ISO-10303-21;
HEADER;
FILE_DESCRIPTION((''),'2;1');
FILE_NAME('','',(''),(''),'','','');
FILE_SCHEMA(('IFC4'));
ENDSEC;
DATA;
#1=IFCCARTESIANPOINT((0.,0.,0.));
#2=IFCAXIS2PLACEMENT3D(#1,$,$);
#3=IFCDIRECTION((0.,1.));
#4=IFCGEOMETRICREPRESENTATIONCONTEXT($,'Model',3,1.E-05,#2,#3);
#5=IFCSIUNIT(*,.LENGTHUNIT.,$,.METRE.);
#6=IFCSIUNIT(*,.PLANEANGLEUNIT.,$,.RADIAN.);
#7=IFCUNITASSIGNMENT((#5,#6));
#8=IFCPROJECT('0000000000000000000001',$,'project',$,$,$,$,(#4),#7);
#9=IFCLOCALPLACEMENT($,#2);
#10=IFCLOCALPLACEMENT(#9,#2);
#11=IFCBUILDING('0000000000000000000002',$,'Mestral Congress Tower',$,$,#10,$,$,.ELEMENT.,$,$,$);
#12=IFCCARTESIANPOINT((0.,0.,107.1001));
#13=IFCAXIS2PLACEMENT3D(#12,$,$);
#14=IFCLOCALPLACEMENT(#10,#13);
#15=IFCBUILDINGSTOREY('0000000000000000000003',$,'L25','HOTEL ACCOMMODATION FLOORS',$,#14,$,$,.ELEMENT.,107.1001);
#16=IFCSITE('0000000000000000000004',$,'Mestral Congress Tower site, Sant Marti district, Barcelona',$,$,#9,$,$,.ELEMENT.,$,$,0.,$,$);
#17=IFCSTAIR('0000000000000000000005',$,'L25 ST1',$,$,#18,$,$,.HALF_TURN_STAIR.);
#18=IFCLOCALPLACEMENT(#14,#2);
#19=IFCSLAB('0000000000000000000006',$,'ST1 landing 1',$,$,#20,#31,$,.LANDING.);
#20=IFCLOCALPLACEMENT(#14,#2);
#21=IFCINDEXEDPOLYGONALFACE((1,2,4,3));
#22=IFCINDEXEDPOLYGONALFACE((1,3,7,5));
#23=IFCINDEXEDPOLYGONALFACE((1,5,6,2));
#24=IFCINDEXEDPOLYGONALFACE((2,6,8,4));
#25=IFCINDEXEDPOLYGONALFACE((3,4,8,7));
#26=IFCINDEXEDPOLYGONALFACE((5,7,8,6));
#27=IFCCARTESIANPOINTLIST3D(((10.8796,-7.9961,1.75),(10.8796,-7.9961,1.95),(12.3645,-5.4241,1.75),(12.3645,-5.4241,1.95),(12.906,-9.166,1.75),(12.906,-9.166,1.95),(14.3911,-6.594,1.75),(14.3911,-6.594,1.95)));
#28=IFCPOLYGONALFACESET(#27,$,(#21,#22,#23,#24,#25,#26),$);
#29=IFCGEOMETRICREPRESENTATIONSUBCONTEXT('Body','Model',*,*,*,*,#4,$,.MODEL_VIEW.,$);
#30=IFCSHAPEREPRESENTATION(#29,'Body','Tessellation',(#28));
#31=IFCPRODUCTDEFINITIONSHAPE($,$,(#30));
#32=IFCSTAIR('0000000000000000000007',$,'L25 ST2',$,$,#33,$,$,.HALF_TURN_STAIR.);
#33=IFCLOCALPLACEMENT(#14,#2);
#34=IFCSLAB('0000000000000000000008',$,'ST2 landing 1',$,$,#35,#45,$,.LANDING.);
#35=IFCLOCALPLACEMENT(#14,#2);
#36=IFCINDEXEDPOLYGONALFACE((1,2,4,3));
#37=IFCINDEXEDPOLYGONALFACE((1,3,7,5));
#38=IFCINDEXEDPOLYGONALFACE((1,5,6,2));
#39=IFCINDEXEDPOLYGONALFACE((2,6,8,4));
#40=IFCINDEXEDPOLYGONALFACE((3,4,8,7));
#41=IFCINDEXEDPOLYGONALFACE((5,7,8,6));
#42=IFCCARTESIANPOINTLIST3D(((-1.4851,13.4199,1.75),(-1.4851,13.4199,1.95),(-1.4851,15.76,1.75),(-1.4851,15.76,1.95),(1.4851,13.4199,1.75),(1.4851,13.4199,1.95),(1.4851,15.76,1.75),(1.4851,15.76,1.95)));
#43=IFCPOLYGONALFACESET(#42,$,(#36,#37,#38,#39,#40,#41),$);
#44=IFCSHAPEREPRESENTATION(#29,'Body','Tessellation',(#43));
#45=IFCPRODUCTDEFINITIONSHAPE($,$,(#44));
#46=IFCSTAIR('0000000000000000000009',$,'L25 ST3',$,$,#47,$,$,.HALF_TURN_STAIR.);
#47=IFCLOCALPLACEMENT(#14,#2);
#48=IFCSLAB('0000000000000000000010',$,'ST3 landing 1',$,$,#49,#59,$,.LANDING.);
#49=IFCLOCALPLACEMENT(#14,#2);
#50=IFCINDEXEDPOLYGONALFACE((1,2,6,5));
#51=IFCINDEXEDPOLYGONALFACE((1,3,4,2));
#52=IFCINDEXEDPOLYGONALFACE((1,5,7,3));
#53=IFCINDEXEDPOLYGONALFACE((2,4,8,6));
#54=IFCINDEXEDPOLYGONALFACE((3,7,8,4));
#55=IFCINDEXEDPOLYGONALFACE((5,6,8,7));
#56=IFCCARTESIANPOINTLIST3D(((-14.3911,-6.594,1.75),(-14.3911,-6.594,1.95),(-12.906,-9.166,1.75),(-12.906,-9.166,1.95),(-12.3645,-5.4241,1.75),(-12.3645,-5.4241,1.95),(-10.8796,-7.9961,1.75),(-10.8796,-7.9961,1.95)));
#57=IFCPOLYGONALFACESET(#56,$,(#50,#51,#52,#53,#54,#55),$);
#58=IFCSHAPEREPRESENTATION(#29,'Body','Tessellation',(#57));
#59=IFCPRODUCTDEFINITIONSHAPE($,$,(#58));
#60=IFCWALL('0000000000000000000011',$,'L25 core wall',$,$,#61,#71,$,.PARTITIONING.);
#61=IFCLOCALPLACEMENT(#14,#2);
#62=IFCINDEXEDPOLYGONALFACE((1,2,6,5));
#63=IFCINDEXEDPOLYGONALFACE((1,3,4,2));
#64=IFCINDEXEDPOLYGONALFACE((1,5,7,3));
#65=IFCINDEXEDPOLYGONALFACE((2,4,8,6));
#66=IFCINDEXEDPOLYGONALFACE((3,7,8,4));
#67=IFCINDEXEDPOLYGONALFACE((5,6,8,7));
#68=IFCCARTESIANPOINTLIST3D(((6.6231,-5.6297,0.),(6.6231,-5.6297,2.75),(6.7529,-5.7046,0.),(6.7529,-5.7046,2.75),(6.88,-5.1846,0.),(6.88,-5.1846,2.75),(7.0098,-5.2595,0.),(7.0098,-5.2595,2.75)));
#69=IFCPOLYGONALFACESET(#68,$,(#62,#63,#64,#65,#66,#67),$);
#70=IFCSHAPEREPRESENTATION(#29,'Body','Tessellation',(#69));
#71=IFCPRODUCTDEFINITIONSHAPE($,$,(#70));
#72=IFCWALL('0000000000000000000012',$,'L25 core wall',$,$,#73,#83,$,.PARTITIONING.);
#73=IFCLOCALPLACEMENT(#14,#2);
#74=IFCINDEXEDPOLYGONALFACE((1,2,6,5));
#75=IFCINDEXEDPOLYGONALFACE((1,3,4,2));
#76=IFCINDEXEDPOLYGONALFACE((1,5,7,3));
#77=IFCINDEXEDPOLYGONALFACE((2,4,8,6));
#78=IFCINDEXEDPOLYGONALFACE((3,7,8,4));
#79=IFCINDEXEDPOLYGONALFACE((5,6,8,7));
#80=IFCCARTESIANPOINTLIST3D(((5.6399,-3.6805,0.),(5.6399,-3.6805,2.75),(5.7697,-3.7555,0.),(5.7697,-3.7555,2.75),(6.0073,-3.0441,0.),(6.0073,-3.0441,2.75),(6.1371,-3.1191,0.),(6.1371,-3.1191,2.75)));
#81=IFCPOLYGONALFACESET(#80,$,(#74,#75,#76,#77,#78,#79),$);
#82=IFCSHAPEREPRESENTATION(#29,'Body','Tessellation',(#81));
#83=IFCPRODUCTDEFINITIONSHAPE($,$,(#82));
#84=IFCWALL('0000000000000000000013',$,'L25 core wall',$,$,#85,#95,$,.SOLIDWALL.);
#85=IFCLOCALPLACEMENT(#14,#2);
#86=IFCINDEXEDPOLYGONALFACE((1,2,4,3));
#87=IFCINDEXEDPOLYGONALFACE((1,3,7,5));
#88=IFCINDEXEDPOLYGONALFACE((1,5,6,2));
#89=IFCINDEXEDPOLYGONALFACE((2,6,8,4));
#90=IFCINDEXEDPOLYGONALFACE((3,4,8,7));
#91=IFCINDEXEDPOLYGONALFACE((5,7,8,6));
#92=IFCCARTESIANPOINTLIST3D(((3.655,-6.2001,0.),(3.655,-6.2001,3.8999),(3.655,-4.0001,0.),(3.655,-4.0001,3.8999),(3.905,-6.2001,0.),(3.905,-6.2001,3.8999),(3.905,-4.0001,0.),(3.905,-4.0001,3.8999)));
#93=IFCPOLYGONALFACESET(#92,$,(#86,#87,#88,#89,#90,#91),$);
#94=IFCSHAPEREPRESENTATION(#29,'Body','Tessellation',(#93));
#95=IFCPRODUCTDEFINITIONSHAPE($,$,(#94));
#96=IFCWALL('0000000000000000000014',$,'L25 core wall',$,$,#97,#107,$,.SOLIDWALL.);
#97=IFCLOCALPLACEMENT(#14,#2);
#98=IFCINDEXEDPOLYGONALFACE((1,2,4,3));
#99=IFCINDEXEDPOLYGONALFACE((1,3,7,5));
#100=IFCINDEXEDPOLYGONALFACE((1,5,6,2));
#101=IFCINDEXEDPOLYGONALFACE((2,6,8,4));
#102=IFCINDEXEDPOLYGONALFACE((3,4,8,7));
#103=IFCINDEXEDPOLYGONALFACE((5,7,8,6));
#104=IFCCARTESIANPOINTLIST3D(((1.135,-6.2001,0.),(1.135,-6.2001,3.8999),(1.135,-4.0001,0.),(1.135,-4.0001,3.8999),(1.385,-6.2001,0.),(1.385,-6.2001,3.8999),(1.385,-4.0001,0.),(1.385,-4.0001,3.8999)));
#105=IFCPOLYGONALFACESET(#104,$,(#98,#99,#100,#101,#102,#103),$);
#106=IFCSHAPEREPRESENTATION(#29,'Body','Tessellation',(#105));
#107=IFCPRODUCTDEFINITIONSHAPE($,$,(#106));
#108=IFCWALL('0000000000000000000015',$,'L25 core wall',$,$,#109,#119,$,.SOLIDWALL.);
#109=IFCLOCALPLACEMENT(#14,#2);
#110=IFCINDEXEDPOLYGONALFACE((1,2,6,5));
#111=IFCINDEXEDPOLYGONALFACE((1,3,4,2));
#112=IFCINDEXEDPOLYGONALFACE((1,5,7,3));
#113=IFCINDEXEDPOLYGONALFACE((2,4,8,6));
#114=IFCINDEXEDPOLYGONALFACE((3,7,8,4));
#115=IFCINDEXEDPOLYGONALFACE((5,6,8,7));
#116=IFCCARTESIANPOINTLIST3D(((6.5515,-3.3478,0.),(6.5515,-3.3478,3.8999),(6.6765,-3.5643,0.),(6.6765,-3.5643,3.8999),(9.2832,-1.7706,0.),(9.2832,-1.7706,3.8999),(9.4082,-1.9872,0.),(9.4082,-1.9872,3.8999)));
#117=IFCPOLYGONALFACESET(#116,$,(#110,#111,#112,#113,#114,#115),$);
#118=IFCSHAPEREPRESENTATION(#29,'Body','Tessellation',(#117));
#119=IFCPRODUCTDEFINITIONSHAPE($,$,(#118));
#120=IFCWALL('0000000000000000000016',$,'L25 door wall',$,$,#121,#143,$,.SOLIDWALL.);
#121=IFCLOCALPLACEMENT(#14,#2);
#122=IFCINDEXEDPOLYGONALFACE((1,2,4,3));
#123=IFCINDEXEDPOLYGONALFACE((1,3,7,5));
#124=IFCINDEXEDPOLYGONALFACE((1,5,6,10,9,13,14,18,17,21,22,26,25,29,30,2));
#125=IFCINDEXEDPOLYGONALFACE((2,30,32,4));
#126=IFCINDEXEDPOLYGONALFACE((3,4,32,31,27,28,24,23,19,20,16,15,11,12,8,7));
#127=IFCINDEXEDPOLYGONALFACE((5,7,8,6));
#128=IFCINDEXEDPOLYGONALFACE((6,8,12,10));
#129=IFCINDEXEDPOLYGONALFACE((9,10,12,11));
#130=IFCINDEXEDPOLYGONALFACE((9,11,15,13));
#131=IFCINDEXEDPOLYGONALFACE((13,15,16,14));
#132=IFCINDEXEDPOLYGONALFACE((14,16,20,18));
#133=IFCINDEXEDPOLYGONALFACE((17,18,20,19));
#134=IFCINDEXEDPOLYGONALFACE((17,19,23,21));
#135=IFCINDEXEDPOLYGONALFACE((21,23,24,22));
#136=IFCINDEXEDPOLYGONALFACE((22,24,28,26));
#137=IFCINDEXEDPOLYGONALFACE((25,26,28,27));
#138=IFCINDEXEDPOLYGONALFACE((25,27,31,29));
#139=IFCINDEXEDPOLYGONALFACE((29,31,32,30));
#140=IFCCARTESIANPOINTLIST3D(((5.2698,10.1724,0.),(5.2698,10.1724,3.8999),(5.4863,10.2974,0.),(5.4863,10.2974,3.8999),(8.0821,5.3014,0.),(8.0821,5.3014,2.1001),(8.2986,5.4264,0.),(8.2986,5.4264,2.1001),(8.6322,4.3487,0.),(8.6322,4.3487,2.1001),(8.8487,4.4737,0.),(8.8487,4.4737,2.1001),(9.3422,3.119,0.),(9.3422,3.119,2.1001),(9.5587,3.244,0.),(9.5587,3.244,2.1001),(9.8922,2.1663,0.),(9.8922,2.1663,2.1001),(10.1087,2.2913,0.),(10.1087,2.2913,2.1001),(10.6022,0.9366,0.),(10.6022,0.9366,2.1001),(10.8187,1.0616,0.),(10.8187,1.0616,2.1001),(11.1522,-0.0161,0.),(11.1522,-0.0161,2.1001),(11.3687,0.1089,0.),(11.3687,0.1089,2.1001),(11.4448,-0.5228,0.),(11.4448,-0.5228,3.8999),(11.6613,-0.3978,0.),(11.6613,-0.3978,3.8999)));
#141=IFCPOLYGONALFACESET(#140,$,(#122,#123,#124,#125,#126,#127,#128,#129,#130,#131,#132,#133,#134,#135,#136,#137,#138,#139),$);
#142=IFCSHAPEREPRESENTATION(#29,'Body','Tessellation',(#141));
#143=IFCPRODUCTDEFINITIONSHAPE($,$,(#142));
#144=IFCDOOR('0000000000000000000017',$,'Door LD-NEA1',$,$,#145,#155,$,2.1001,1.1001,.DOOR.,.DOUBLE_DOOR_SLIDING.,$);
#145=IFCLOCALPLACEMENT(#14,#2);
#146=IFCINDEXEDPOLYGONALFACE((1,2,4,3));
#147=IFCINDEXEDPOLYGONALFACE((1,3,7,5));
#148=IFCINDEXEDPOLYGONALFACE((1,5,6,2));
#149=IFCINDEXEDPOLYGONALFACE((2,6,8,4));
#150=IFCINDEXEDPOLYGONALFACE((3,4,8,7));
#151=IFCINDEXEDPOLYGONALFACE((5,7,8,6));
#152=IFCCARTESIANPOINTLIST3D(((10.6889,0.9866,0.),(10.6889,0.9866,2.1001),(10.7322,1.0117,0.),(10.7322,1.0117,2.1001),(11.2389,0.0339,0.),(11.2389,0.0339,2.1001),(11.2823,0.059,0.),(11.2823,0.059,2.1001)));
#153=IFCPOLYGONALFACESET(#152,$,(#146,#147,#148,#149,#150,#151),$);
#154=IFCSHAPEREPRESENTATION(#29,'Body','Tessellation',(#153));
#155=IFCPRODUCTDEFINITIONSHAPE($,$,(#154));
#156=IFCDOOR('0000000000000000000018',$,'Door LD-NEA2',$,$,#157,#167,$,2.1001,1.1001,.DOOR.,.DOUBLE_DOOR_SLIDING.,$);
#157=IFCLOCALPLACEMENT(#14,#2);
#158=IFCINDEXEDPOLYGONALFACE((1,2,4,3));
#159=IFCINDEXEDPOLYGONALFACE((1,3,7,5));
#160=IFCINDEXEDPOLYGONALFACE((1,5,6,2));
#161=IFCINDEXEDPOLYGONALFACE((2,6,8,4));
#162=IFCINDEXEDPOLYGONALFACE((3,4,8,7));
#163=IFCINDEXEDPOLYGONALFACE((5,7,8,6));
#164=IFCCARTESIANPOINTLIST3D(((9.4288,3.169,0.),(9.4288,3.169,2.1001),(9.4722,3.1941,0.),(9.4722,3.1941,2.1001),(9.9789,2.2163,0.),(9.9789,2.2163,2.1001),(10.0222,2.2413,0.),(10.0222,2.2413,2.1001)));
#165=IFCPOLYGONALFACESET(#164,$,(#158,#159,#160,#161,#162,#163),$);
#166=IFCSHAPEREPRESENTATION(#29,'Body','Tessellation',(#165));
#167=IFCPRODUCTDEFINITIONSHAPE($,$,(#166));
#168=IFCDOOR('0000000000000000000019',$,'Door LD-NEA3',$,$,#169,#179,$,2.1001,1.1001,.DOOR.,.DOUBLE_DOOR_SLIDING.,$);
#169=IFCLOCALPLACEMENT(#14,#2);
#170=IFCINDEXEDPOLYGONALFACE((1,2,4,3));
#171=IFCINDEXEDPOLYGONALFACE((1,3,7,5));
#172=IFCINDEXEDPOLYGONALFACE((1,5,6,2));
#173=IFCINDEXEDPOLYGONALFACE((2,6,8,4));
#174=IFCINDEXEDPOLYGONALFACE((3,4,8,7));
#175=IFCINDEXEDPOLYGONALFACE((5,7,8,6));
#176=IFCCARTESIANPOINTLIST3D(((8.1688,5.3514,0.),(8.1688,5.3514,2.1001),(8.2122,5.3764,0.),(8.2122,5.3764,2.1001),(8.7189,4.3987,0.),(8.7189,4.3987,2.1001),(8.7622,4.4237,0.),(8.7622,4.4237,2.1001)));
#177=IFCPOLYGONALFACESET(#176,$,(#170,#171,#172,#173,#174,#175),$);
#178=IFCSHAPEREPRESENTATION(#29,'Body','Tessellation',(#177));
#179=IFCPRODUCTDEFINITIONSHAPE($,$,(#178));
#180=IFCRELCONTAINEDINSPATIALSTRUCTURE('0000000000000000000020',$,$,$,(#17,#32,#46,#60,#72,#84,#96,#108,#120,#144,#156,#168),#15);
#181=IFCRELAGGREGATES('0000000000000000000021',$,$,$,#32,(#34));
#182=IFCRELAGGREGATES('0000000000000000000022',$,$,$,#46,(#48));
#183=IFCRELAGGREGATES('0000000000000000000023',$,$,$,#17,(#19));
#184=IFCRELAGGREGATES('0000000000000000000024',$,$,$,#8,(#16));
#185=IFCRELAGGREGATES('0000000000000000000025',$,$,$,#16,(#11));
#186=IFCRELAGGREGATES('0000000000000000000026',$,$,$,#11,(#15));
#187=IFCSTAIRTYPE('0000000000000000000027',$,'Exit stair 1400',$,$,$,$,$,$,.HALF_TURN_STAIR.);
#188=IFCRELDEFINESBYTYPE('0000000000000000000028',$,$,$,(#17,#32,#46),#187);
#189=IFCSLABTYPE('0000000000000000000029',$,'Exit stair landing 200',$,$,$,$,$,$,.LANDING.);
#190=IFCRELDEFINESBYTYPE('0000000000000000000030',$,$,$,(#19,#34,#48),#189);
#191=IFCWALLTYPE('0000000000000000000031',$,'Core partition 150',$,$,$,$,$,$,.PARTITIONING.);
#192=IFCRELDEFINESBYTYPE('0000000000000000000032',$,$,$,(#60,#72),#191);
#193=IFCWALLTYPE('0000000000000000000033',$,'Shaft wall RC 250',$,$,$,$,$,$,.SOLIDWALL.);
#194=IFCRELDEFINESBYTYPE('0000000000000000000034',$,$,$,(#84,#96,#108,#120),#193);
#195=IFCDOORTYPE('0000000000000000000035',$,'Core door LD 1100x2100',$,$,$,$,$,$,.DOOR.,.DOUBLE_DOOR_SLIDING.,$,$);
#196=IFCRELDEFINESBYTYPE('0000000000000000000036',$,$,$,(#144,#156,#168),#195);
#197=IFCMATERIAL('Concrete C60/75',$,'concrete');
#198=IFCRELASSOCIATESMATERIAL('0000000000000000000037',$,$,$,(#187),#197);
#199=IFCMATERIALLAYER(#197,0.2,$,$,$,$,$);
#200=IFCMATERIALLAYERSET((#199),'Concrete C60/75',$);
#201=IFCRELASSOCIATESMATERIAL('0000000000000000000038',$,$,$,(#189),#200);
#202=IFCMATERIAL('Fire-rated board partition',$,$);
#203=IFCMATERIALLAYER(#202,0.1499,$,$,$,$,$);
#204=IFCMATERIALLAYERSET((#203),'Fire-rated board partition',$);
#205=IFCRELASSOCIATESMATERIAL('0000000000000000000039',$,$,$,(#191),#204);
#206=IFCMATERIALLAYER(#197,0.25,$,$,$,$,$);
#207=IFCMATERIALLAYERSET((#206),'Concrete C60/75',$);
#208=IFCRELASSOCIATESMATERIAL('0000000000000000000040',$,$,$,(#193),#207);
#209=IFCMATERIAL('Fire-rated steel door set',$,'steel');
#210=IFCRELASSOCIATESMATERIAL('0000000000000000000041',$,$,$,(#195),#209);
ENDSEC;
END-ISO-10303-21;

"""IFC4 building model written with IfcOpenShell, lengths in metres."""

from ifc_helpers import new_model, si_unit, direction, frame, frame_2d, origin, place, context, subcontext, project, spatial, polyline, rectangle, outline, extrude, material, layer, layer_set, type_object, element, fill, aggregate, save


model = new_model("IFC4")

# Units and contexts
model_context = context("Model", 3, precision=1e-05, world=origin(), true_north=direction((0.0, 1.0)))
body_context = subcontext(model_context, "Body", "Model", "MODEL_VIEW")
ifc_project = project(units=[si_unit("LENGTHUNIT", "METRE"), si_unit("PLANEANGLEUNIT", "RADIAN")], contexts=[model_context])

# Site, building, storey
site_placement = place(None, origin())
site = spatial("IfcSite", under=ifc_project, at=site_placement, Name="Mestral Congress Tower site, Sant Marti district, Barcelona", CompositionType="ELEMENT", RefElevation=0.0)
building_placement = place(site_placement, origin())
building = spatial("IfcBuilding", under=site, at=building_placement, Name="Mestral Congress Tower", CompositionType="ELEMENT")
storey_placement = place(building_placement, frame((0.0, 0.0, 107.1001)))
storey = spatial("IfcBuildingStorey", under=building, at=storey_placement, Name="L25", Description="HOTEL ACCOMMODATION FLOORS", CompositionType="ELEMENT", Elevation=107.1001)

# Shared definitions
ifc_material_1 = material(Name="Concrete C60/75", Category="concrete")

# Stairs, slabs
stair_type = type_object("IfcStairType", Name="Exit stair 1400", PredefinedType="HALF_TURN_STAIR", material=ifc_material_1)
placement_1 = place(storey_placement, origin())
stair_1 = element("IfcStair", 1, at=placement_1, inside=storey, type_object=stair_type, Name="L25 ST1", PredefinedType="HALF_TURN_STAIR")
ifc_layer_1 = layer(ifc_material_1, 0.2)
ifc_layer_set_1 = layer_set([ifc_layer_1], Name="Concrete C60/75")
slab_type_1 = type_object("IfcSlabType", Name="Exit stair landing 200", PredefinedType="LANDING", material=ifc_layer_set_1)
placement_2 = place(storey_placement, frame((0.0, 0.0, 1.75)))
slab_1 = element("IfcSlab", 2, at=placement_2, type_object=slab_type_1, Name="ST1 landing 1", PredefinedType="LANDING", context=body_context, shape_type="SweptSolid", body=[
    extrude(outline(polyline([(10.8796, -7.9961), (12.3645, -5.4241), (14.3911, -6.594), (12.906, -9.166), (10.8796, -7.9961)])), origin(), (0.0, 0.0, 1.0), 0.2),
])
stair_2 = element("IfcStair", 3, at=placement_1, inside=storey, type_object=stair_type, Name="L25 ST2", PredefinedType="HALF_TURN_STAIR")
slab_2 = element("IfcSlab", 4, at=placement_2, type_object=slab_type_1, Name="ST2 landing 1", PredefinedType="LANDING", context=body_context, shape_type="SweptSolid", body=[
    extrude(outline(polyline([(1.4851, 13.4199), (-1.4851, 13.4199), (-1.4851, 15.76), (1.4851, 15.76), (1.4851, 13.4199)])), origin(), (0.0, 0.0, 1.0), 0.2),
])
aggregate(stair_2, [slab_2])
stair_3 = element("IfcStair", 5, at=placement_1, inside=storey, type_object=stair_type, Name="L25 ST3", PredefinedType="HALF_TURN_STAIR")
slab_3 = element("IfcSlab", 6, at=placement_2, type_object=slab_type_1, Name="ST3 landing 1", PredefinedType="LANDING", context=body_context, shape_type="SweptSolid", body=[
    extrude(outline(polyline([(-12.3645, -5.4241), (-10.8796, -7.9961), (-12.906, -9.166), (-14.3911, -6.594), (-12.3645, -5.4241)])), origin(), (0.0, 0.0, 1.0), 0.2),
])
aggregate(stair_3, [slab_3])

# Walls
ifc_material_2 = material(Name="Fire-rated board partition")
ifc_layer_2 = layer(ifc_material_2, 0.1499)
ifc_layer_set_2 = layer_set([ifc_layer_2], Name="Fire-rated board partition")
wall_type_1 = type_object("IfcWallType", Name="Core partition 150", PredefinedType="PARTITIONING", material=ifc_layer_set_2)
wall_1_placement = place(storey_placement, frame((6.9448, -5.2222, 0.0), z_axis=(0.0, 0.0, 1.0), x_axis=(-0.499818, -0.86613, 0.0)))
element("IfcWall", 7, at=wall_1_placement, inside=storey, type_object=wall_type_1, Name="L25 core wall", PredefinedType="PARTITIONING", context=body_context, shape_type="SweptSolid", body=[
    extrude(rectangle(XDim=0.5139, YDim=0.1499, at=frame_2d((0.2568, 0.0))), origin(), (0.0, 0.0, 1.0), 2.75),
])
wall_2_placement = place(storey_placement, frame((5.7048, -3.718, 0.0), z_axis=(0.0, 0.0, 1.0), x_axis=(0.499962, 0.866047, 0.0)))
element("IfcWall", 8, at=wall_2_placement, inside=storey, type_object=wall_type_1, Name="L25 core wall", PredefinedType="PARTITIONING", context=body_context, shape_type="SweptSolid", body=[
    extrude(rectangle(XDim=0.7349, YDim=0.1499, at=frame_2d((0.3674, 0.0))), origin(), (0.0, 0.0, 1.0), 2.75),
])
ifc_layer_3 = layer(ifc_material_1, 0.25)
ifc_layer_set_3 = layer_set([ifc_layer_3], Name="Concrete C60/75")
wall_type_2 = type_object("IfcWallType", Name="Shaft wall RC 250", PredefinedType="SOLIDWALL", material=ifc_layer_set_3)
for number, where, z_axis, x_axis, name in (
    (9, (3.78, -4.0, 0.0), (0.0, 0.0, 1.0), (0.0, -1.0, 0.0), "L25 core wall"),
    (10, (1.26, -4.0, 0.0), (0.0, 0.0, 1.0), (0.0, -1.0, 0.0), "L25 core wall"),
):
    element("IfcWall", number, at=place(storey_placement, frame(where, z_axis=z_axis, x_axis=x_axis)), inside=storey, type_object=wall_type_2, Name=name, PredefinedType="SOLIDWALL", context=body_context, shape_type="SweptSolid", body=[
        extrude(rectangle(XDim=2.2, YDim=0.25, at=frame_2d((1.1001, 0.0))), origin(), (0.0, 0.0, 1.0), 3.8999),
    ])
wall_3_placement = place(storey_placement, frame((6.614, -3.4561, 0.0), z_axis=(0.0, 0.0, 1.0), x_axis=(0.866024, 0.500002, 0.0)))
element("IfcWall", 11, at=wall_3_placement, inside=storey, type_object=wall_type_2, Name="L25 core wall", PredefinedType="SOLIDWALL", context=body_context, shape_type="SweptSolid", body=[
    extrude(rectangle(XDim=3.1543, YDim=0.25, at=frame_2d((1.5771, 0.0))), origin(), (0.0, 0.0, 1.0), 3.8999),
])

# Wall, openings, doors
wall_4_placement = place(storey_placement, frame((11.553, -0.4602, 0.0), z_axis=(0.0, 0.0, 1.0), x_axis=(-0.500007, 0.866022, 0.0)))
wall_4 = element("IfcWall", 12, at=wall_4_placement, inside=storey, type_object=wall_type_2, Name="L25 door wall", PredefinedType="SOLIDWALL", context=body_context, shape_type="SweptSolid", body=[
    extrude(rectangle(XDim=12.3499, YDim=0.25, at=frame_2d((6.1748, 0.0))), origin(), (0.0, 0.0, 1.0), 3.8999),
])
opening_1_placement = place(wall_4_placement, frame((0.585, 0.0, 0.0)))
opening_1 = element("IfcOpeningElement", 13, at=opening_1_placement, cuts=wall_4, PredefinedType="OPENING", context=body_context, shape_type="SweptSolid", body=[
    extrude(rectangle(XDim=1.1001, YDim=2.1001, at=frame_2d((0.55, 1.05))), frame((0.0, 0.135, 0.0), z_axis=(0.0, -1.0, 0.0), x_axis=(1.0, 0.0, 0.0)), (0.0, 0.0, 1.0), 0.27),
])
opening_2_placement = place(wall_4_placement, frame((3.105, 0.0, 0.0)))
opening_2 = element("IfcOpeningElement", 14, at=opening_2_placement, cuts=wall_4, PredefinedType="OPENING", context=body_context, shape_type="SweptSolid", body=[
    extrude(rectangle(XDim=1.1001, YDim=2.1001, at=frame_2d((0.55, 1.05))), frame((0.0, 0.135, 0.0), z_axis=(0.0, -1.0, 0.0), x_axis=(1.0, 0.0, 0.0)), (0.0, 0.0, 1.0), 0.27),
])
opening_3_placement = place(wall_4_placement, frame((5.625, 0.0, 0.0)))
opening_3 = element("IfcOpeningElement", 15, at=opening_3_placement, cuts=wall_4, PredefinedType="OPENING", context=body_context, shape_type="SweptSolid", body=[
    extrude(rectangle(XDim=1.1001, YDim=2.1001, at=frame_2d((0.55, 1.05))), frame((0.0, 0.135, 0.0), z_axis=(0.0, -1.0, 0.0), x_axis=(1.0, 0.0, 0.0)), (0.0, 0.0, 1.0), 0.27),
])
ifc_material_3 = material(Name="Fire-rated steel door set", Category="steel")
door_type_1 = type_object("IfcDoorType", Name="Core door LD 1100x2100", OperationType="DOUBLE_DOOR_SLIDING", PredefinedType="DOOR", material=ifc_material_3)
door_1_placement = place(opening_1_placement, origin())
door_1 = element("IfcDoor", 16, at=door_1_placement, inside=storey, type_object=door_type_1, Name="Door LD-NEA1", OperationType="DOUBLE_DOOR_SLIDING", OverallHeight=2.1001, OverallWidth=1.1001, PredefinedType="DOOR", context=body_context, shape_type="SweptSolid", body=[
    extrude(rectangle(XDim=1.1001, YDim=2.1001, at=frame_2d((0.55, 1.05))), frame((0.0, 0.0249, 0.0), z_axis=(0.0, -1.0, 0.0), x_axis=(1.0, 0.0, 0.0)), (0.0, 0.0, 1.0), 0.05),
])
fill(opening_1, door_1)
door_2_placement = place(opening_2_placement, origin())
door_2 = element("IfcDoor", 17, at=door_2_placement, inside=storey, type_object=door_type_1, Name="Door LD-NEA2", OperationType="DOUBLE_DOOR_SLIDING", OverallHeight=2.1001, OverallWidth=1.1001, PredefinedType="DOOR", context=body_context, shape_type="SweptSolid", body=[
    extrude(rectangle(XDim=1.1001, YDim=2.1001, at=frame_2d((0.55, 1.05))), frame((0.0, 0.0249, 0.0), z_axis=(0.0, -1.0, 0.0), x_axis=(1.0, 0.0, 0.0)), (0.0, 0.0, 1.0), 0.05),
])
fill(opening_2, door_2)
door_3_placement = place(opening_3_placement, origin())
door_3 = element("IfcDoor", 18, at=door_3_placement, inside=storey, type_object=door_type_1, Name="Door LD-NEA3", OperationType="DOUBLE_DOOR_SLIDING", OverallHeight=2.1001, OverallWidth=1.1001, PredefinedType="DOOR", context=body_context, shape_type="SweptSolid", body=[
    extrude(rectangle(XDim=1.1001, YDim=2.1001, at=frame_2d((0.55, 1.05))), frame((0.0, 0.0249, 0.0), z_axis=(0.0, -1.0, 0.0), x_axis=(1.0, 0.0, 0.0)), (0.0, 0.0, 1.0), 0.05),
])
fill(opening_3, door_3)

aggregate(stair_1, [slab_1])

save(model, "model.ifc")
